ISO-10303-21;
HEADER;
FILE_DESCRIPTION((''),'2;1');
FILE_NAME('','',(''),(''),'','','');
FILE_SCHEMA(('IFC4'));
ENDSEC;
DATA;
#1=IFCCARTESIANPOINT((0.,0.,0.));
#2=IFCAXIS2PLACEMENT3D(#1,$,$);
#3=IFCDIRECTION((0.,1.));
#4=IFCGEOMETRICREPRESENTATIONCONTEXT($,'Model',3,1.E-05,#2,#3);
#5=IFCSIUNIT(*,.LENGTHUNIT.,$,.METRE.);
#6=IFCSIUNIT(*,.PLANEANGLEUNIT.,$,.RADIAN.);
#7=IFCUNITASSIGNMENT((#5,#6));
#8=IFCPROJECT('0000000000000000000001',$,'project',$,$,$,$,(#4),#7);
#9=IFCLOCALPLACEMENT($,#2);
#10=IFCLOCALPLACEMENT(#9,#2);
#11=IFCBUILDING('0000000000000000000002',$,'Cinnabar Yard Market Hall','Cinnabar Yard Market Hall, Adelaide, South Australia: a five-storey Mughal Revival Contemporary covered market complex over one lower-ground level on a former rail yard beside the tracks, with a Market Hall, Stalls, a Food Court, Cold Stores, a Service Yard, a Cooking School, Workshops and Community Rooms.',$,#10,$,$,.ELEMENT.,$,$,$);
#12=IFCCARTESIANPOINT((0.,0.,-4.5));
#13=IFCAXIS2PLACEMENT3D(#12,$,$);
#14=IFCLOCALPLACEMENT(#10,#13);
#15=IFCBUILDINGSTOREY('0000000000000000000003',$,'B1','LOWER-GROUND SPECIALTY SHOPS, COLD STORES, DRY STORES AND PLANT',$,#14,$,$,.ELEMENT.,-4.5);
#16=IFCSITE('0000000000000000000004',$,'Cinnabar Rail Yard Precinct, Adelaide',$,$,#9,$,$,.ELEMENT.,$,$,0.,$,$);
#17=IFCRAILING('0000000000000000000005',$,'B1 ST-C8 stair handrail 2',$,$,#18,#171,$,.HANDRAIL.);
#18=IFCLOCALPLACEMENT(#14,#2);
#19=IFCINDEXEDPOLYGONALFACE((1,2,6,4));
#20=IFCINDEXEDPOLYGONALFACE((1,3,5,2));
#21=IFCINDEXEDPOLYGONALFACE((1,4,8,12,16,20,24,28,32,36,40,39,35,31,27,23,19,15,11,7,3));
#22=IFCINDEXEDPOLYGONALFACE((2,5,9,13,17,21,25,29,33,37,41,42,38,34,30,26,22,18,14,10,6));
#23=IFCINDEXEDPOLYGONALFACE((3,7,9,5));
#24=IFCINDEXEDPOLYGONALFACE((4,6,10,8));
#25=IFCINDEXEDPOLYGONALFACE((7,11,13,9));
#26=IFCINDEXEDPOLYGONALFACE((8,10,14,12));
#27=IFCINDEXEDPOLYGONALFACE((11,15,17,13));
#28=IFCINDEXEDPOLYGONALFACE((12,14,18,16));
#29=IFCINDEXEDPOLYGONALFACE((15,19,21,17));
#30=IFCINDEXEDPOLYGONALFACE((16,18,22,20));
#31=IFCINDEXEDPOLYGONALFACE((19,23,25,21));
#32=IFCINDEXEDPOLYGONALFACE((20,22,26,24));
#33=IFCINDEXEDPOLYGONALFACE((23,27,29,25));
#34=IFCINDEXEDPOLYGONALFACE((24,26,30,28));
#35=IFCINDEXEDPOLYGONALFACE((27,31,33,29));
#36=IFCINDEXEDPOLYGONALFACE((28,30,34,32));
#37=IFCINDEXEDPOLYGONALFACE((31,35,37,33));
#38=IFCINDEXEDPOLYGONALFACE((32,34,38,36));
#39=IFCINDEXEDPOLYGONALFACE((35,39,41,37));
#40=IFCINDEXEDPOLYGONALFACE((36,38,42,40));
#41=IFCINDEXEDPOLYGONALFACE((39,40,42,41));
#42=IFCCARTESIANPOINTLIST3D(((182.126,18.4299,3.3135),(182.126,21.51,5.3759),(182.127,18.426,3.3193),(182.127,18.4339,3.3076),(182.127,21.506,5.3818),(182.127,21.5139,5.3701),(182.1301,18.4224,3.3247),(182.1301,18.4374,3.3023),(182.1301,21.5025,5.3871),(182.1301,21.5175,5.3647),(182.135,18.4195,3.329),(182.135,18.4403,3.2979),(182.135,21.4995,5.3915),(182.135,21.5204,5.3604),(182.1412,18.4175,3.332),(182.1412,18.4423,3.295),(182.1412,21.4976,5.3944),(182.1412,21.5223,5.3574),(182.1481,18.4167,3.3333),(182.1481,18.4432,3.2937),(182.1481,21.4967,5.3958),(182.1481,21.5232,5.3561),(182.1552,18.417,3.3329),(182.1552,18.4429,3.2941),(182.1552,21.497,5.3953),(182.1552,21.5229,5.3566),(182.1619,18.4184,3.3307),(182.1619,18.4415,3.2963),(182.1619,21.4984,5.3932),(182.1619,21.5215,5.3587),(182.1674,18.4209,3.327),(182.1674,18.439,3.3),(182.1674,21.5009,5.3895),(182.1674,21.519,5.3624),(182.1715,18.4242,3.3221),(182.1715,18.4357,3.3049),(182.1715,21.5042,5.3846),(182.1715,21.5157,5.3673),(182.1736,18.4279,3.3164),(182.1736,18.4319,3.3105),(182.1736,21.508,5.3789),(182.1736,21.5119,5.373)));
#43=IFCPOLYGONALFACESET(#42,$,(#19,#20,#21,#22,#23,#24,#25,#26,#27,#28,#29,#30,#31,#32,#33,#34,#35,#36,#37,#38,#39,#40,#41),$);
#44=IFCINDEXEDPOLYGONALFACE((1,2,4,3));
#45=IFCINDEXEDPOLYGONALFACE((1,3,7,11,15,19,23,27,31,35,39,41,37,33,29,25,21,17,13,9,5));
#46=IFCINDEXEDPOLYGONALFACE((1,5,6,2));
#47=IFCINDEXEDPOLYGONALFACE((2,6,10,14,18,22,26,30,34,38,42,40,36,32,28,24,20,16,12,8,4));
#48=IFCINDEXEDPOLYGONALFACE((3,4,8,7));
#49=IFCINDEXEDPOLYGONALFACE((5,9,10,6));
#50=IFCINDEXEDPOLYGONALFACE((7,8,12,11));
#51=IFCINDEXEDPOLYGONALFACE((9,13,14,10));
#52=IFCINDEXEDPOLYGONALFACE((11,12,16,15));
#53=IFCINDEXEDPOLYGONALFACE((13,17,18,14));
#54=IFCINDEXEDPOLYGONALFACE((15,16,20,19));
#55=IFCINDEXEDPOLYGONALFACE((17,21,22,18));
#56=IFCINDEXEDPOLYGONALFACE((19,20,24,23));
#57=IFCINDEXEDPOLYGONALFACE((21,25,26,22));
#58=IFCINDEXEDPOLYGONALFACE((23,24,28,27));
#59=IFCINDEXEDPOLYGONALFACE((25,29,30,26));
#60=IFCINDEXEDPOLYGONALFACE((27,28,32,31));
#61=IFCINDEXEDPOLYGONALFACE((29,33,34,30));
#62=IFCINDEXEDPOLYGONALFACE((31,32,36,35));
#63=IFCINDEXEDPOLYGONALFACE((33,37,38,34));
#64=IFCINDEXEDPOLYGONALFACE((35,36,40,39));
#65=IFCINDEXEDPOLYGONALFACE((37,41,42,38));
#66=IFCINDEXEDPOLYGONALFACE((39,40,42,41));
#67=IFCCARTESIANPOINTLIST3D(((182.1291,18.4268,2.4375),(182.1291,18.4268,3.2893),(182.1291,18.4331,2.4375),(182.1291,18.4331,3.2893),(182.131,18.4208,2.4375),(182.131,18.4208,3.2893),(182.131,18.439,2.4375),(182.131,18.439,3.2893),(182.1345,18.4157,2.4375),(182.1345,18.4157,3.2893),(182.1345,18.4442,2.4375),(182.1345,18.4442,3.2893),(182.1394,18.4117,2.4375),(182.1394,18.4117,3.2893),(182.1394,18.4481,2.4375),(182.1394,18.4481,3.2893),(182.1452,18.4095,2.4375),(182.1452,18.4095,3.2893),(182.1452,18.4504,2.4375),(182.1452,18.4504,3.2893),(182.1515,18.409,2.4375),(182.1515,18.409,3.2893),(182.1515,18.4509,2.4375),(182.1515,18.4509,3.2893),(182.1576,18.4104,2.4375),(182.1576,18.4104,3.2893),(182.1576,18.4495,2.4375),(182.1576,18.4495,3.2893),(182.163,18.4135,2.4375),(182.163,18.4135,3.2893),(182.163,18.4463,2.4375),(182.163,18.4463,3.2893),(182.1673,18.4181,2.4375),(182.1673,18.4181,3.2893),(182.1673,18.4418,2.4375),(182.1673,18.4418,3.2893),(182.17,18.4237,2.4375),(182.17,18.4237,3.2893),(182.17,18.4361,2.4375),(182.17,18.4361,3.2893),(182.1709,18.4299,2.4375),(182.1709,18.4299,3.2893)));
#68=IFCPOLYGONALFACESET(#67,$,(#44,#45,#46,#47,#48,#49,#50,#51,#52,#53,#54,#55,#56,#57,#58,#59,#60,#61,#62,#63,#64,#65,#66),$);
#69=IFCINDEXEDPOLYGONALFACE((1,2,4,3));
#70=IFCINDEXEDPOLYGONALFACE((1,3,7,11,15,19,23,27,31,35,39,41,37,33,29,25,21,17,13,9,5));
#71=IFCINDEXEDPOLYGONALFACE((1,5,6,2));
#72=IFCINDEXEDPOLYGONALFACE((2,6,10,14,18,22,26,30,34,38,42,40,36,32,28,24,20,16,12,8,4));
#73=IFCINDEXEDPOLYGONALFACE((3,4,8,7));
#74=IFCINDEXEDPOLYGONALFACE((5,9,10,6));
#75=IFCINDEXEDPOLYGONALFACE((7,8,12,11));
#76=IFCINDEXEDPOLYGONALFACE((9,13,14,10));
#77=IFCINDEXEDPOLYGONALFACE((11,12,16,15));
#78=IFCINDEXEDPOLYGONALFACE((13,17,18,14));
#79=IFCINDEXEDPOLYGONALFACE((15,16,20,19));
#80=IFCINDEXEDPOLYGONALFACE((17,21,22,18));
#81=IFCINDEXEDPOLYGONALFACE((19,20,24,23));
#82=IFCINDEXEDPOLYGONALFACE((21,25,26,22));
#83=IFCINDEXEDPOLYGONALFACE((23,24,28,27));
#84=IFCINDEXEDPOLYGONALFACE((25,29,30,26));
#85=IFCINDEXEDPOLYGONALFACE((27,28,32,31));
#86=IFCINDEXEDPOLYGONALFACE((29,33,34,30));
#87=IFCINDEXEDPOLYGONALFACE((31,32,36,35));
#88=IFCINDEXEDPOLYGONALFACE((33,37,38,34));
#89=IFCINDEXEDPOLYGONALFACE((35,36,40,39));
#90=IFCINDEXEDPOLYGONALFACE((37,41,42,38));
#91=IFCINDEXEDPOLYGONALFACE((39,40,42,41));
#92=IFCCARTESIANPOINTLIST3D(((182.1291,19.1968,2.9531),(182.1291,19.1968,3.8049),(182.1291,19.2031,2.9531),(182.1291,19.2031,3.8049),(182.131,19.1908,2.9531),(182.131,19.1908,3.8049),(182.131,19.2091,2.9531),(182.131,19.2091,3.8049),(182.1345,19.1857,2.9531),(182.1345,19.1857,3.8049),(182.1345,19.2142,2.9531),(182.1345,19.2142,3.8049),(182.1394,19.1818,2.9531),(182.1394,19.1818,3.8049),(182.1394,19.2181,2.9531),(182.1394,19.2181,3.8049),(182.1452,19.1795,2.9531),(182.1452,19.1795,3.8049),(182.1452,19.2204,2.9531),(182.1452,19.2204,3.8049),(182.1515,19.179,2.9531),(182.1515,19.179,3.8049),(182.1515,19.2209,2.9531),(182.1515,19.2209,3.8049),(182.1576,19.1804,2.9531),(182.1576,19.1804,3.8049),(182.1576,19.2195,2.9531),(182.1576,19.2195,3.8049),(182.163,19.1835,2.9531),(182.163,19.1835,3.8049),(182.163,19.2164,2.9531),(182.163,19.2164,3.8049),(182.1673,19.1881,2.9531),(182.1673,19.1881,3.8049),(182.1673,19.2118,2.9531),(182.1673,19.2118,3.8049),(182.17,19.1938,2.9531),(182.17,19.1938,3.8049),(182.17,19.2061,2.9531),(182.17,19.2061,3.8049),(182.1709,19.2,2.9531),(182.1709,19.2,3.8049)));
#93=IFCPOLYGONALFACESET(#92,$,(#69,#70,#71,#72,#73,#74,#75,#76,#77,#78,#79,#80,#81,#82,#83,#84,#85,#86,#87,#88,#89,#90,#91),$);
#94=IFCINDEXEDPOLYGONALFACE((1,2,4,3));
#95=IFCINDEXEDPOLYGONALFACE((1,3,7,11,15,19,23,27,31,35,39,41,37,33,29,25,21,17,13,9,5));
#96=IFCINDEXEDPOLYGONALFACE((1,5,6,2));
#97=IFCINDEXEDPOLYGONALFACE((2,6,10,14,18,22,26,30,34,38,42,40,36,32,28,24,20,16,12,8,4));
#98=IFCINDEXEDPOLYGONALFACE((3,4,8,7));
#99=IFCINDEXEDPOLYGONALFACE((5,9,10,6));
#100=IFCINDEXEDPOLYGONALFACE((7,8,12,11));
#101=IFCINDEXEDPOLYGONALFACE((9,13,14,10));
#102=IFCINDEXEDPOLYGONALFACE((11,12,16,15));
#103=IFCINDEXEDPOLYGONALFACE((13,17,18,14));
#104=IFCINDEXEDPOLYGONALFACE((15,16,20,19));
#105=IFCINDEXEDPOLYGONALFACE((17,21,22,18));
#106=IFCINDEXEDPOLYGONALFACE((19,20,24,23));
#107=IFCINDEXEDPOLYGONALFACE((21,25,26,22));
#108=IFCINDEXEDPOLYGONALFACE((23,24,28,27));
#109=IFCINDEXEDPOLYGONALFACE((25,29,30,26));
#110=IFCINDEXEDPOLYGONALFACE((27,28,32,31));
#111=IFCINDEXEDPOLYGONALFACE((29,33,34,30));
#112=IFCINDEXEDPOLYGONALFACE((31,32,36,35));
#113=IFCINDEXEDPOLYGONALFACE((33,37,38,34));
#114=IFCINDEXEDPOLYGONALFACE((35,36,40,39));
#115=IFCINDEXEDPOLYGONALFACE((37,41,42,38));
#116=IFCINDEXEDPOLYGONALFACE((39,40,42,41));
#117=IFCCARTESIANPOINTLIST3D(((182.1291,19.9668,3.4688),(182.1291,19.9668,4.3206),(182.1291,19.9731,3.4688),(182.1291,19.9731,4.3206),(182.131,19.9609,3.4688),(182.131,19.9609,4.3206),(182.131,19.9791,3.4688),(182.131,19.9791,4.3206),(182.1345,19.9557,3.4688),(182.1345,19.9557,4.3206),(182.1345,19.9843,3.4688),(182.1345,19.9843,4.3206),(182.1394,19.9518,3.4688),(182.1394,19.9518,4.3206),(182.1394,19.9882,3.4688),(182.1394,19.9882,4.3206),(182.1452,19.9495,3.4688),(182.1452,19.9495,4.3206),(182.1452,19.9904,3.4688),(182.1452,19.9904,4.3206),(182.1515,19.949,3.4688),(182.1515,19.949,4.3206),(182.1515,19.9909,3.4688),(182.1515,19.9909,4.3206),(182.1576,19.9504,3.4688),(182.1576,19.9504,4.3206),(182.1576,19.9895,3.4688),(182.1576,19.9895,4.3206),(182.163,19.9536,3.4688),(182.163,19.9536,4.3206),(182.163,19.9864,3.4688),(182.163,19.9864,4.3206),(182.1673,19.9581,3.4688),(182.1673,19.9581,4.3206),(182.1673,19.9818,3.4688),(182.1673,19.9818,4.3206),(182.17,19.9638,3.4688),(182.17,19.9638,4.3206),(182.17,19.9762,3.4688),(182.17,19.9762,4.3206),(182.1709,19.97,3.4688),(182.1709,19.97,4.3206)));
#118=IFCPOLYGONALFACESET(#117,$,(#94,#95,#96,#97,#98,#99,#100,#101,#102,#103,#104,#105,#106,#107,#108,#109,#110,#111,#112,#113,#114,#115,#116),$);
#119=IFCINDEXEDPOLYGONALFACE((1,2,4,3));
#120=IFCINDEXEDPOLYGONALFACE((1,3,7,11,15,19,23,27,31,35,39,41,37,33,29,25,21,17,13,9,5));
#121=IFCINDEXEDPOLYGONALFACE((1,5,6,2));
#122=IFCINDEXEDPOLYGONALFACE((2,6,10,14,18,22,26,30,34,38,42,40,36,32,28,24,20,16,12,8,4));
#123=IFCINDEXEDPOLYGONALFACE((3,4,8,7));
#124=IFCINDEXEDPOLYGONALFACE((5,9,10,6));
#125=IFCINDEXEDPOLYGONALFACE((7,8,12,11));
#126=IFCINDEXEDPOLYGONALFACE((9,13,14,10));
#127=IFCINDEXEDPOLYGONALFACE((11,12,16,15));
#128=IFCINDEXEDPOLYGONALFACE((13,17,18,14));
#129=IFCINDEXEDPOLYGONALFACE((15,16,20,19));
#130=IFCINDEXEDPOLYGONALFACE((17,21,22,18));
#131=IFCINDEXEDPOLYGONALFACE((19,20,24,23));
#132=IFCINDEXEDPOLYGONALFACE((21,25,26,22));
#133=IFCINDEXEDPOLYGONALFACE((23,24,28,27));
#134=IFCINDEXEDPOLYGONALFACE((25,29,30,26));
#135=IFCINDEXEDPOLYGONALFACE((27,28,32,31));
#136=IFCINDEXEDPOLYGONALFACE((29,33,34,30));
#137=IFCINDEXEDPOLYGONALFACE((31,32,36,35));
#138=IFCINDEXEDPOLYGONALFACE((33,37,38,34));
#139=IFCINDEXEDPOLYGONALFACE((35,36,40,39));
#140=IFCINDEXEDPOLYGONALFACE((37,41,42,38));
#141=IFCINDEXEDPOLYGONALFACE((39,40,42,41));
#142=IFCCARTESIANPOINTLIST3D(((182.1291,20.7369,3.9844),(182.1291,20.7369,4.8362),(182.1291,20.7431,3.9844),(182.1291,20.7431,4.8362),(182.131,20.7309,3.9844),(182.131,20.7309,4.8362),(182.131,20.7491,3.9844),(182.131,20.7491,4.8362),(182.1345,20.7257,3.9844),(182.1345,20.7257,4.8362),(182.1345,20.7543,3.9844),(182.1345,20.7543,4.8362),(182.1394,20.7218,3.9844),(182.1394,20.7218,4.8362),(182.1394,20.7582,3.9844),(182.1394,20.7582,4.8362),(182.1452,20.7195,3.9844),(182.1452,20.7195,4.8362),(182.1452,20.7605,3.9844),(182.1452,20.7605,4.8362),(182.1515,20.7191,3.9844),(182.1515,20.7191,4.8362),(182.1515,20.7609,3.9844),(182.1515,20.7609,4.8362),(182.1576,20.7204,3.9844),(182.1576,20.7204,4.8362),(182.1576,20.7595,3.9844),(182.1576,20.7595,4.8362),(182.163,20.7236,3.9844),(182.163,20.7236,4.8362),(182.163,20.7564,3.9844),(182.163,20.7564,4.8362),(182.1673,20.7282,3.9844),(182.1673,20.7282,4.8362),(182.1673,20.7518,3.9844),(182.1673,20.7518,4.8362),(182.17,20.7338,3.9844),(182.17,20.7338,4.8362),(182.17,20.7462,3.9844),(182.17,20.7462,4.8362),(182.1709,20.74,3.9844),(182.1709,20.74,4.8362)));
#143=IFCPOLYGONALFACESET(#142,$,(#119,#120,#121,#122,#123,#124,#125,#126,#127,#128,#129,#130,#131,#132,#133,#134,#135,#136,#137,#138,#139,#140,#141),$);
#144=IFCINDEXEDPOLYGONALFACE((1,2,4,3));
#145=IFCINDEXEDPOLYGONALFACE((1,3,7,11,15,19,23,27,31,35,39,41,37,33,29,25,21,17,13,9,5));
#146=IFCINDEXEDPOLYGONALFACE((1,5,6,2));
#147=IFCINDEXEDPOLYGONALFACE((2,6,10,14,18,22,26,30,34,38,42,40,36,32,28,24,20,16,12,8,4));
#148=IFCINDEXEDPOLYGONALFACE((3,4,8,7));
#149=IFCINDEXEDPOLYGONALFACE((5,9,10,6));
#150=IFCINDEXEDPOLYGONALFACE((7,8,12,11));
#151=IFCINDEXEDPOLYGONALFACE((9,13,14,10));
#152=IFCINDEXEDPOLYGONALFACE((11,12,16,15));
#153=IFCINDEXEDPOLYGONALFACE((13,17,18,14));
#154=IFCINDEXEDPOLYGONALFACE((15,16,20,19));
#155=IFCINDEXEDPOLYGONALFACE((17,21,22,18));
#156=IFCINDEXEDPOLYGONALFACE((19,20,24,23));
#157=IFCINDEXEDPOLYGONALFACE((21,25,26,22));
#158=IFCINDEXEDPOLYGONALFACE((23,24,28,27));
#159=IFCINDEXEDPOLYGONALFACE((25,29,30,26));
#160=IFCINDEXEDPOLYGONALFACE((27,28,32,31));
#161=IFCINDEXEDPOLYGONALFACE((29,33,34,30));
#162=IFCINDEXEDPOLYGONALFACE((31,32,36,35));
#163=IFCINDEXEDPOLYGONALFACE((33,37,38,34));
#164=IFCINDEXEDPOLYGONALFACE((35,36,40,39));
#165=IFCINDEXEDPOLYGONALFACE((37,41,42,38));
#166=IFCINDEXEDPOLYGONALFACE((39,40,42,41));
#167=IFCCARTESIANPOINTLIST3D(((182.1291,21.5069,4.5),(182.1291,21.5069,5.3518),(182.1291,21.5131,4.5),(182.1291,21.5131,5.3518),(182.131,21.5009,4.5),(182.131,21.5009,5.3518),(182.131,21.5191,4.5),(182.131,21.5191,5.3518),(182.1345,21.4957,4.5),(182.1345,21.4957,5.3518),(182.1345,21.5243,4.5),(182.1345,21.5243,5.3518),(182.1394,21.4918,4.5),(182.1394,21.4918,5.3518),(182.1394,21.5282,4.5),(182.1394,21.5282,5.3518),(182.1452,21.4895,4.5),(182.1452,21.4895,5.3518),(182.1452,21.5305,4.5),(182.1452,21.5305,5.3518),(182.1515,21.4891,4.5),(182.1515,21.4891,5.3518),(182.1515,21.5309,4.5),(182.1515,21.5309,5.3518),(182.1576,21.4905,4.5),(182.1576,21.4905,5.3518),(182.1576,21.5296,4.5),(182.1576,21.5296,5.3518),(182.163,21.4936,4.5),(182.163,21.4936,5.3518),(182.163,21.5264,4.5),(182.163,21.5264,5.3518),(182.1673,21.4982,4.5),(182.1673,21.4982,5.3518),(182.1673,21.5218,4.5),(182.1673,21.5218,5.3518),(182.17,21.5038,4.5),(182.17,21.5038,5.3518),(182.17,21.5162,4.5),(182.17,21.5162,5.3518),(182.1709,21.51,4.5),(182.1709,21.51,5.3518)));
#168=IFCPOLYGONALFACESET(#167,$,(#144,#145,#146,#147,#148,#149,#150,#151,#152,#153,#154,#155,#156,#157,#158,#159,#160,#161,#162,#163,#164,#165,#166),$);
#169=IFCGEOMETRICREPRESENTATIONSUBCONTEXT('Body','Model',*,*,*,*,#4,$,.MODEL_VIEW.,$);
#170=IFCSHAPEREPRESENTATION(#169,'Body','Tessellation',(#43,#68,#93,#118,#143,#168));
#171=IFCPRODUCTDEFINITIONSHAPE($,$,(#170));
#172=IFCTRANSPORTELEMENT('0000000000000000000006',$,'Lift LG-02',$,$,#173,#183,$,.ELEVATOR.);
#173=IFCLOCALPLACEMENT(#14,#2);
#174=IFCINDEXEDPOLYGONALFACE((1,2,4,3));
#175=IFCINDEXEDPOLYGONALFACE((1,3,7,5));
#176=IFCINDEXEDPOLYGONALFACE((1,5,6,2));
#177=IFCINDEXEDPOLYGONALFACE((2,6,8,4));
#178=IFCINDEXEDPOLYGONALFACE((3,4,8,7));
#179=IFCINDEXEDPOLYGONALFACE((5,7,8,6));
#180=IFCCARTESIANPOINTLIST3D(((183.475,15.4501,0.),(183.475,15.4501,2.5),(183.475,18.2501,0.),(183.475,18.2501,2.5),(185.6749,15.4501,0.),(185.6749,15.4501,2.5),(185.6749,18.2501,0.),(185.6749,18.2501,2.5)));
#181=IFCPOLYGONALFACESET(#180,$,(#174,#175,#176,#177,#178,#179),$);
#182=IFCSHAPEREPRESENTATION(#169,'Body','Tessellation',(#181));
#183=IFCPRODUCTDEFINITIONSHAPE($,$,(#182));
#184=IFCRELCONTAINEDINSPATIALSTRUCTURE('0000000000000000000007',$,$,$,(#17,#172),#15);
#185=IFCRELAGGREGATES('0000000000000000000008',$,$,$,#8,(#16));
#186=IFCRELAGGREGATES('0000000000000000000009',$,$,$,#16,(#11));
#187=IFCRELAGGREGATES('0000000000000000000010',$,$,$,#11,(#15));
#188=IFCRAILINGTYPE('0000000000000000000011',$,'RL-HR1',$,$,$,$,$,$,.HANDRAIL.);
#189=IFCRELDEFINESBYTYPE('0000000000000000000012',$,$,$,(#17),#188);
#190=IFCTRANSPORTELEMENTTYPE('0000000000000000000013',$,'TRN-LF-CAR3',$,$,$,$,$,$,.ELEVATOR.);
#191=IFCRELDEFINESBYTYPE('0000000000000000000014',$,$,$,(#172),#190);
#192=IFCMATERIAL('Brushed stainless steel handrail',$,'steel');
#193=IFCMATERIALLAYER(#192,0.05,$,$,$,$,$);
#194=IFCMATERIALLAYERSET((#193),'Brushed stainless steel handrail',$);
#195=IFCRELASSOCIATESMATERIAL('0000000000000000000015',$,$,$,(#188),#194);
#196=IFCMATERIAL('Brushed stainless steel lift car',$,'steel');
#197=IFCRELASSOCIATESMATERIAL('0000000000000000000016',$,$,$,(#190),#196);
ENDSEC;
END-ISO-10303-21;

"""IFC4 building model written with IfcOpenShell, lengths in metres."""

from ifc_helpers import new_model, si_unit, direction, frame, origin, origin_2d_with_axis, place, context, subcontext, project, spatial, rectangle, circle, extrude, material, layer, layer_set, type_object, element, save


model = new_model("IFC4")

# Units and contexts
model_context = context("Model", 3, precision=1e-05, world=origin(), true_north=direction((0.0, 1.0)))
body_context = subcontext(model_context, "Body", "Model", "MODEL_VIEW")
ifc_project = project(units=[si_unit("LENGTHUNIT", "METRE"), si_unit("PLANEANGLEUNIT", "RADIAN")], contexts=[model_context])

# Site, building, storey
site_placement = place(None, origin())
site = spatial("IfcSite", under=ifc_project, at=site_placement, Name="Cinnabar Rail Yard Precinct, Adelaide", CompositionType="ELEMENT", RefElevation=0.0)
building_placement = place(site_placement, origin())
building = spatial("IfcBuilding", under=site, at=building_placement, Name="Cinnabar Yard Market Hall", Description="Cinnabar Yard Market Hall, Adelaide, South Australia: a five-storey Mughal Revival Contemporary covered market complex over one lower-ground level on a former rail yard beside the tracks, with a Market Hall, Stalls, a Food Court, Cold Stores, a Service Yard, a Cooking School, Workshops and Community Rooms.", CompositionType="ELEMENT")
storey_placement = place(building_placement, frame((0.0, 0.0, -4.5)))
storey = spatial("IfcBuildingStorey", under=building, at=storey_placement, Name="B1", Description="LOWER-GROUND SPECIALTY SHOPS, COLD STORES, DRY STORES AND PLANT", CompositionType="ELEMENT", Elevation=-4.5)

# Railing
ifc_material_1 = material(Name="Brushed stainless steel handrail", Category="steel")
ifc_layer_1 = layer(ifc_material_1, 0.05)
ifc_layer_set_1 = layer_set([ifc_layer_1], Name="Brushed stainless steel handrail")
railing_type_1 = type_object("IfcRailingType", Name="RL-HR1", PredefinedType="HANDRAIL", material=ifc_layer_set_1)
railing_1_placement = place(storey_placement, frame((182.1499, 18.4299, 2.4375)))
element("IfcRailing", 1, at=railing_1_placement, inside=storey, type_object=railing_type_1, Name="B1 ST-C8 stair handrail 2", PredefinedType="HANDRAIL", context=body_context, shape_type="SweptSolid", body=[
    extrude(circle(Radius=0.0239, at=origin_2d_with_axis()), frame((0.0, 0.0, 0.876), z_axis=(0.0, 0.830914, 0.556401), x_axis=(-1.0, 0.0, 0.0)), (0.0, 0.0, 1.0), 3.7068),
    extrude(circle(Radius=0.021, at=origin_2d_with_axis()), origin(), (0.0, 0.0, 1.0), 0.8518),
    extrude(circle(Radius=0.021, at=origin_2d_with_axis()), frame((0.0, 0.77, 0.5156)), (0.0, 0.0, 1.0), 0.8518),
    extrude(circle(Radius=0.021, at=origin_2d_with_axis()), frame((0.0, 1.54, 1.0312)), (0.0, 0.0, 1.0), 0.8518),
    extrude(circle(Radius=0.021, at=origin_2d_with_axis()), frame((0.0, 2.3101, 1.5469)), (0.0, 0.0, 1.0), 0.8518),
    extrude(circle(Radius=0.021, at=origin_2d_with_axis()), frame((0.0, 3.0801, 2.0625)), (0.0, 0.0, 1.0), 0.8518),
])

# Transport element
ifc_material_2 = material(Name="Brushed stainless steel lift car", Category="steel")
transport_element_type = type_object("IfcTransportElementType", Name="TRN-LF-CAR3", PredefinedType="ELEVATOR", material=ifc_material_2)
transport_element_placement = place(storey_placement, frame((184.575, 16.8501, 0.0), z_axis=(0.0, 0.0, 1.0), x_axis=(1.0, 0.0, 0.0)))
element("IfcTransportElement", 2, at=transport_element_placement, inside=storey, type_object=transport_element_type, Name="Lift LG-02", PredefinedType="ELEVATOR", context=body_context, shape_type="SweptSolid", body=[
    extrude(rectangle(XDim=2.2, YDim=2.8, at=origin_2d_with_axis()), origin(), (0.0, 0.0, 1.0), 2.5),
])

save(model, "model.ifc")
